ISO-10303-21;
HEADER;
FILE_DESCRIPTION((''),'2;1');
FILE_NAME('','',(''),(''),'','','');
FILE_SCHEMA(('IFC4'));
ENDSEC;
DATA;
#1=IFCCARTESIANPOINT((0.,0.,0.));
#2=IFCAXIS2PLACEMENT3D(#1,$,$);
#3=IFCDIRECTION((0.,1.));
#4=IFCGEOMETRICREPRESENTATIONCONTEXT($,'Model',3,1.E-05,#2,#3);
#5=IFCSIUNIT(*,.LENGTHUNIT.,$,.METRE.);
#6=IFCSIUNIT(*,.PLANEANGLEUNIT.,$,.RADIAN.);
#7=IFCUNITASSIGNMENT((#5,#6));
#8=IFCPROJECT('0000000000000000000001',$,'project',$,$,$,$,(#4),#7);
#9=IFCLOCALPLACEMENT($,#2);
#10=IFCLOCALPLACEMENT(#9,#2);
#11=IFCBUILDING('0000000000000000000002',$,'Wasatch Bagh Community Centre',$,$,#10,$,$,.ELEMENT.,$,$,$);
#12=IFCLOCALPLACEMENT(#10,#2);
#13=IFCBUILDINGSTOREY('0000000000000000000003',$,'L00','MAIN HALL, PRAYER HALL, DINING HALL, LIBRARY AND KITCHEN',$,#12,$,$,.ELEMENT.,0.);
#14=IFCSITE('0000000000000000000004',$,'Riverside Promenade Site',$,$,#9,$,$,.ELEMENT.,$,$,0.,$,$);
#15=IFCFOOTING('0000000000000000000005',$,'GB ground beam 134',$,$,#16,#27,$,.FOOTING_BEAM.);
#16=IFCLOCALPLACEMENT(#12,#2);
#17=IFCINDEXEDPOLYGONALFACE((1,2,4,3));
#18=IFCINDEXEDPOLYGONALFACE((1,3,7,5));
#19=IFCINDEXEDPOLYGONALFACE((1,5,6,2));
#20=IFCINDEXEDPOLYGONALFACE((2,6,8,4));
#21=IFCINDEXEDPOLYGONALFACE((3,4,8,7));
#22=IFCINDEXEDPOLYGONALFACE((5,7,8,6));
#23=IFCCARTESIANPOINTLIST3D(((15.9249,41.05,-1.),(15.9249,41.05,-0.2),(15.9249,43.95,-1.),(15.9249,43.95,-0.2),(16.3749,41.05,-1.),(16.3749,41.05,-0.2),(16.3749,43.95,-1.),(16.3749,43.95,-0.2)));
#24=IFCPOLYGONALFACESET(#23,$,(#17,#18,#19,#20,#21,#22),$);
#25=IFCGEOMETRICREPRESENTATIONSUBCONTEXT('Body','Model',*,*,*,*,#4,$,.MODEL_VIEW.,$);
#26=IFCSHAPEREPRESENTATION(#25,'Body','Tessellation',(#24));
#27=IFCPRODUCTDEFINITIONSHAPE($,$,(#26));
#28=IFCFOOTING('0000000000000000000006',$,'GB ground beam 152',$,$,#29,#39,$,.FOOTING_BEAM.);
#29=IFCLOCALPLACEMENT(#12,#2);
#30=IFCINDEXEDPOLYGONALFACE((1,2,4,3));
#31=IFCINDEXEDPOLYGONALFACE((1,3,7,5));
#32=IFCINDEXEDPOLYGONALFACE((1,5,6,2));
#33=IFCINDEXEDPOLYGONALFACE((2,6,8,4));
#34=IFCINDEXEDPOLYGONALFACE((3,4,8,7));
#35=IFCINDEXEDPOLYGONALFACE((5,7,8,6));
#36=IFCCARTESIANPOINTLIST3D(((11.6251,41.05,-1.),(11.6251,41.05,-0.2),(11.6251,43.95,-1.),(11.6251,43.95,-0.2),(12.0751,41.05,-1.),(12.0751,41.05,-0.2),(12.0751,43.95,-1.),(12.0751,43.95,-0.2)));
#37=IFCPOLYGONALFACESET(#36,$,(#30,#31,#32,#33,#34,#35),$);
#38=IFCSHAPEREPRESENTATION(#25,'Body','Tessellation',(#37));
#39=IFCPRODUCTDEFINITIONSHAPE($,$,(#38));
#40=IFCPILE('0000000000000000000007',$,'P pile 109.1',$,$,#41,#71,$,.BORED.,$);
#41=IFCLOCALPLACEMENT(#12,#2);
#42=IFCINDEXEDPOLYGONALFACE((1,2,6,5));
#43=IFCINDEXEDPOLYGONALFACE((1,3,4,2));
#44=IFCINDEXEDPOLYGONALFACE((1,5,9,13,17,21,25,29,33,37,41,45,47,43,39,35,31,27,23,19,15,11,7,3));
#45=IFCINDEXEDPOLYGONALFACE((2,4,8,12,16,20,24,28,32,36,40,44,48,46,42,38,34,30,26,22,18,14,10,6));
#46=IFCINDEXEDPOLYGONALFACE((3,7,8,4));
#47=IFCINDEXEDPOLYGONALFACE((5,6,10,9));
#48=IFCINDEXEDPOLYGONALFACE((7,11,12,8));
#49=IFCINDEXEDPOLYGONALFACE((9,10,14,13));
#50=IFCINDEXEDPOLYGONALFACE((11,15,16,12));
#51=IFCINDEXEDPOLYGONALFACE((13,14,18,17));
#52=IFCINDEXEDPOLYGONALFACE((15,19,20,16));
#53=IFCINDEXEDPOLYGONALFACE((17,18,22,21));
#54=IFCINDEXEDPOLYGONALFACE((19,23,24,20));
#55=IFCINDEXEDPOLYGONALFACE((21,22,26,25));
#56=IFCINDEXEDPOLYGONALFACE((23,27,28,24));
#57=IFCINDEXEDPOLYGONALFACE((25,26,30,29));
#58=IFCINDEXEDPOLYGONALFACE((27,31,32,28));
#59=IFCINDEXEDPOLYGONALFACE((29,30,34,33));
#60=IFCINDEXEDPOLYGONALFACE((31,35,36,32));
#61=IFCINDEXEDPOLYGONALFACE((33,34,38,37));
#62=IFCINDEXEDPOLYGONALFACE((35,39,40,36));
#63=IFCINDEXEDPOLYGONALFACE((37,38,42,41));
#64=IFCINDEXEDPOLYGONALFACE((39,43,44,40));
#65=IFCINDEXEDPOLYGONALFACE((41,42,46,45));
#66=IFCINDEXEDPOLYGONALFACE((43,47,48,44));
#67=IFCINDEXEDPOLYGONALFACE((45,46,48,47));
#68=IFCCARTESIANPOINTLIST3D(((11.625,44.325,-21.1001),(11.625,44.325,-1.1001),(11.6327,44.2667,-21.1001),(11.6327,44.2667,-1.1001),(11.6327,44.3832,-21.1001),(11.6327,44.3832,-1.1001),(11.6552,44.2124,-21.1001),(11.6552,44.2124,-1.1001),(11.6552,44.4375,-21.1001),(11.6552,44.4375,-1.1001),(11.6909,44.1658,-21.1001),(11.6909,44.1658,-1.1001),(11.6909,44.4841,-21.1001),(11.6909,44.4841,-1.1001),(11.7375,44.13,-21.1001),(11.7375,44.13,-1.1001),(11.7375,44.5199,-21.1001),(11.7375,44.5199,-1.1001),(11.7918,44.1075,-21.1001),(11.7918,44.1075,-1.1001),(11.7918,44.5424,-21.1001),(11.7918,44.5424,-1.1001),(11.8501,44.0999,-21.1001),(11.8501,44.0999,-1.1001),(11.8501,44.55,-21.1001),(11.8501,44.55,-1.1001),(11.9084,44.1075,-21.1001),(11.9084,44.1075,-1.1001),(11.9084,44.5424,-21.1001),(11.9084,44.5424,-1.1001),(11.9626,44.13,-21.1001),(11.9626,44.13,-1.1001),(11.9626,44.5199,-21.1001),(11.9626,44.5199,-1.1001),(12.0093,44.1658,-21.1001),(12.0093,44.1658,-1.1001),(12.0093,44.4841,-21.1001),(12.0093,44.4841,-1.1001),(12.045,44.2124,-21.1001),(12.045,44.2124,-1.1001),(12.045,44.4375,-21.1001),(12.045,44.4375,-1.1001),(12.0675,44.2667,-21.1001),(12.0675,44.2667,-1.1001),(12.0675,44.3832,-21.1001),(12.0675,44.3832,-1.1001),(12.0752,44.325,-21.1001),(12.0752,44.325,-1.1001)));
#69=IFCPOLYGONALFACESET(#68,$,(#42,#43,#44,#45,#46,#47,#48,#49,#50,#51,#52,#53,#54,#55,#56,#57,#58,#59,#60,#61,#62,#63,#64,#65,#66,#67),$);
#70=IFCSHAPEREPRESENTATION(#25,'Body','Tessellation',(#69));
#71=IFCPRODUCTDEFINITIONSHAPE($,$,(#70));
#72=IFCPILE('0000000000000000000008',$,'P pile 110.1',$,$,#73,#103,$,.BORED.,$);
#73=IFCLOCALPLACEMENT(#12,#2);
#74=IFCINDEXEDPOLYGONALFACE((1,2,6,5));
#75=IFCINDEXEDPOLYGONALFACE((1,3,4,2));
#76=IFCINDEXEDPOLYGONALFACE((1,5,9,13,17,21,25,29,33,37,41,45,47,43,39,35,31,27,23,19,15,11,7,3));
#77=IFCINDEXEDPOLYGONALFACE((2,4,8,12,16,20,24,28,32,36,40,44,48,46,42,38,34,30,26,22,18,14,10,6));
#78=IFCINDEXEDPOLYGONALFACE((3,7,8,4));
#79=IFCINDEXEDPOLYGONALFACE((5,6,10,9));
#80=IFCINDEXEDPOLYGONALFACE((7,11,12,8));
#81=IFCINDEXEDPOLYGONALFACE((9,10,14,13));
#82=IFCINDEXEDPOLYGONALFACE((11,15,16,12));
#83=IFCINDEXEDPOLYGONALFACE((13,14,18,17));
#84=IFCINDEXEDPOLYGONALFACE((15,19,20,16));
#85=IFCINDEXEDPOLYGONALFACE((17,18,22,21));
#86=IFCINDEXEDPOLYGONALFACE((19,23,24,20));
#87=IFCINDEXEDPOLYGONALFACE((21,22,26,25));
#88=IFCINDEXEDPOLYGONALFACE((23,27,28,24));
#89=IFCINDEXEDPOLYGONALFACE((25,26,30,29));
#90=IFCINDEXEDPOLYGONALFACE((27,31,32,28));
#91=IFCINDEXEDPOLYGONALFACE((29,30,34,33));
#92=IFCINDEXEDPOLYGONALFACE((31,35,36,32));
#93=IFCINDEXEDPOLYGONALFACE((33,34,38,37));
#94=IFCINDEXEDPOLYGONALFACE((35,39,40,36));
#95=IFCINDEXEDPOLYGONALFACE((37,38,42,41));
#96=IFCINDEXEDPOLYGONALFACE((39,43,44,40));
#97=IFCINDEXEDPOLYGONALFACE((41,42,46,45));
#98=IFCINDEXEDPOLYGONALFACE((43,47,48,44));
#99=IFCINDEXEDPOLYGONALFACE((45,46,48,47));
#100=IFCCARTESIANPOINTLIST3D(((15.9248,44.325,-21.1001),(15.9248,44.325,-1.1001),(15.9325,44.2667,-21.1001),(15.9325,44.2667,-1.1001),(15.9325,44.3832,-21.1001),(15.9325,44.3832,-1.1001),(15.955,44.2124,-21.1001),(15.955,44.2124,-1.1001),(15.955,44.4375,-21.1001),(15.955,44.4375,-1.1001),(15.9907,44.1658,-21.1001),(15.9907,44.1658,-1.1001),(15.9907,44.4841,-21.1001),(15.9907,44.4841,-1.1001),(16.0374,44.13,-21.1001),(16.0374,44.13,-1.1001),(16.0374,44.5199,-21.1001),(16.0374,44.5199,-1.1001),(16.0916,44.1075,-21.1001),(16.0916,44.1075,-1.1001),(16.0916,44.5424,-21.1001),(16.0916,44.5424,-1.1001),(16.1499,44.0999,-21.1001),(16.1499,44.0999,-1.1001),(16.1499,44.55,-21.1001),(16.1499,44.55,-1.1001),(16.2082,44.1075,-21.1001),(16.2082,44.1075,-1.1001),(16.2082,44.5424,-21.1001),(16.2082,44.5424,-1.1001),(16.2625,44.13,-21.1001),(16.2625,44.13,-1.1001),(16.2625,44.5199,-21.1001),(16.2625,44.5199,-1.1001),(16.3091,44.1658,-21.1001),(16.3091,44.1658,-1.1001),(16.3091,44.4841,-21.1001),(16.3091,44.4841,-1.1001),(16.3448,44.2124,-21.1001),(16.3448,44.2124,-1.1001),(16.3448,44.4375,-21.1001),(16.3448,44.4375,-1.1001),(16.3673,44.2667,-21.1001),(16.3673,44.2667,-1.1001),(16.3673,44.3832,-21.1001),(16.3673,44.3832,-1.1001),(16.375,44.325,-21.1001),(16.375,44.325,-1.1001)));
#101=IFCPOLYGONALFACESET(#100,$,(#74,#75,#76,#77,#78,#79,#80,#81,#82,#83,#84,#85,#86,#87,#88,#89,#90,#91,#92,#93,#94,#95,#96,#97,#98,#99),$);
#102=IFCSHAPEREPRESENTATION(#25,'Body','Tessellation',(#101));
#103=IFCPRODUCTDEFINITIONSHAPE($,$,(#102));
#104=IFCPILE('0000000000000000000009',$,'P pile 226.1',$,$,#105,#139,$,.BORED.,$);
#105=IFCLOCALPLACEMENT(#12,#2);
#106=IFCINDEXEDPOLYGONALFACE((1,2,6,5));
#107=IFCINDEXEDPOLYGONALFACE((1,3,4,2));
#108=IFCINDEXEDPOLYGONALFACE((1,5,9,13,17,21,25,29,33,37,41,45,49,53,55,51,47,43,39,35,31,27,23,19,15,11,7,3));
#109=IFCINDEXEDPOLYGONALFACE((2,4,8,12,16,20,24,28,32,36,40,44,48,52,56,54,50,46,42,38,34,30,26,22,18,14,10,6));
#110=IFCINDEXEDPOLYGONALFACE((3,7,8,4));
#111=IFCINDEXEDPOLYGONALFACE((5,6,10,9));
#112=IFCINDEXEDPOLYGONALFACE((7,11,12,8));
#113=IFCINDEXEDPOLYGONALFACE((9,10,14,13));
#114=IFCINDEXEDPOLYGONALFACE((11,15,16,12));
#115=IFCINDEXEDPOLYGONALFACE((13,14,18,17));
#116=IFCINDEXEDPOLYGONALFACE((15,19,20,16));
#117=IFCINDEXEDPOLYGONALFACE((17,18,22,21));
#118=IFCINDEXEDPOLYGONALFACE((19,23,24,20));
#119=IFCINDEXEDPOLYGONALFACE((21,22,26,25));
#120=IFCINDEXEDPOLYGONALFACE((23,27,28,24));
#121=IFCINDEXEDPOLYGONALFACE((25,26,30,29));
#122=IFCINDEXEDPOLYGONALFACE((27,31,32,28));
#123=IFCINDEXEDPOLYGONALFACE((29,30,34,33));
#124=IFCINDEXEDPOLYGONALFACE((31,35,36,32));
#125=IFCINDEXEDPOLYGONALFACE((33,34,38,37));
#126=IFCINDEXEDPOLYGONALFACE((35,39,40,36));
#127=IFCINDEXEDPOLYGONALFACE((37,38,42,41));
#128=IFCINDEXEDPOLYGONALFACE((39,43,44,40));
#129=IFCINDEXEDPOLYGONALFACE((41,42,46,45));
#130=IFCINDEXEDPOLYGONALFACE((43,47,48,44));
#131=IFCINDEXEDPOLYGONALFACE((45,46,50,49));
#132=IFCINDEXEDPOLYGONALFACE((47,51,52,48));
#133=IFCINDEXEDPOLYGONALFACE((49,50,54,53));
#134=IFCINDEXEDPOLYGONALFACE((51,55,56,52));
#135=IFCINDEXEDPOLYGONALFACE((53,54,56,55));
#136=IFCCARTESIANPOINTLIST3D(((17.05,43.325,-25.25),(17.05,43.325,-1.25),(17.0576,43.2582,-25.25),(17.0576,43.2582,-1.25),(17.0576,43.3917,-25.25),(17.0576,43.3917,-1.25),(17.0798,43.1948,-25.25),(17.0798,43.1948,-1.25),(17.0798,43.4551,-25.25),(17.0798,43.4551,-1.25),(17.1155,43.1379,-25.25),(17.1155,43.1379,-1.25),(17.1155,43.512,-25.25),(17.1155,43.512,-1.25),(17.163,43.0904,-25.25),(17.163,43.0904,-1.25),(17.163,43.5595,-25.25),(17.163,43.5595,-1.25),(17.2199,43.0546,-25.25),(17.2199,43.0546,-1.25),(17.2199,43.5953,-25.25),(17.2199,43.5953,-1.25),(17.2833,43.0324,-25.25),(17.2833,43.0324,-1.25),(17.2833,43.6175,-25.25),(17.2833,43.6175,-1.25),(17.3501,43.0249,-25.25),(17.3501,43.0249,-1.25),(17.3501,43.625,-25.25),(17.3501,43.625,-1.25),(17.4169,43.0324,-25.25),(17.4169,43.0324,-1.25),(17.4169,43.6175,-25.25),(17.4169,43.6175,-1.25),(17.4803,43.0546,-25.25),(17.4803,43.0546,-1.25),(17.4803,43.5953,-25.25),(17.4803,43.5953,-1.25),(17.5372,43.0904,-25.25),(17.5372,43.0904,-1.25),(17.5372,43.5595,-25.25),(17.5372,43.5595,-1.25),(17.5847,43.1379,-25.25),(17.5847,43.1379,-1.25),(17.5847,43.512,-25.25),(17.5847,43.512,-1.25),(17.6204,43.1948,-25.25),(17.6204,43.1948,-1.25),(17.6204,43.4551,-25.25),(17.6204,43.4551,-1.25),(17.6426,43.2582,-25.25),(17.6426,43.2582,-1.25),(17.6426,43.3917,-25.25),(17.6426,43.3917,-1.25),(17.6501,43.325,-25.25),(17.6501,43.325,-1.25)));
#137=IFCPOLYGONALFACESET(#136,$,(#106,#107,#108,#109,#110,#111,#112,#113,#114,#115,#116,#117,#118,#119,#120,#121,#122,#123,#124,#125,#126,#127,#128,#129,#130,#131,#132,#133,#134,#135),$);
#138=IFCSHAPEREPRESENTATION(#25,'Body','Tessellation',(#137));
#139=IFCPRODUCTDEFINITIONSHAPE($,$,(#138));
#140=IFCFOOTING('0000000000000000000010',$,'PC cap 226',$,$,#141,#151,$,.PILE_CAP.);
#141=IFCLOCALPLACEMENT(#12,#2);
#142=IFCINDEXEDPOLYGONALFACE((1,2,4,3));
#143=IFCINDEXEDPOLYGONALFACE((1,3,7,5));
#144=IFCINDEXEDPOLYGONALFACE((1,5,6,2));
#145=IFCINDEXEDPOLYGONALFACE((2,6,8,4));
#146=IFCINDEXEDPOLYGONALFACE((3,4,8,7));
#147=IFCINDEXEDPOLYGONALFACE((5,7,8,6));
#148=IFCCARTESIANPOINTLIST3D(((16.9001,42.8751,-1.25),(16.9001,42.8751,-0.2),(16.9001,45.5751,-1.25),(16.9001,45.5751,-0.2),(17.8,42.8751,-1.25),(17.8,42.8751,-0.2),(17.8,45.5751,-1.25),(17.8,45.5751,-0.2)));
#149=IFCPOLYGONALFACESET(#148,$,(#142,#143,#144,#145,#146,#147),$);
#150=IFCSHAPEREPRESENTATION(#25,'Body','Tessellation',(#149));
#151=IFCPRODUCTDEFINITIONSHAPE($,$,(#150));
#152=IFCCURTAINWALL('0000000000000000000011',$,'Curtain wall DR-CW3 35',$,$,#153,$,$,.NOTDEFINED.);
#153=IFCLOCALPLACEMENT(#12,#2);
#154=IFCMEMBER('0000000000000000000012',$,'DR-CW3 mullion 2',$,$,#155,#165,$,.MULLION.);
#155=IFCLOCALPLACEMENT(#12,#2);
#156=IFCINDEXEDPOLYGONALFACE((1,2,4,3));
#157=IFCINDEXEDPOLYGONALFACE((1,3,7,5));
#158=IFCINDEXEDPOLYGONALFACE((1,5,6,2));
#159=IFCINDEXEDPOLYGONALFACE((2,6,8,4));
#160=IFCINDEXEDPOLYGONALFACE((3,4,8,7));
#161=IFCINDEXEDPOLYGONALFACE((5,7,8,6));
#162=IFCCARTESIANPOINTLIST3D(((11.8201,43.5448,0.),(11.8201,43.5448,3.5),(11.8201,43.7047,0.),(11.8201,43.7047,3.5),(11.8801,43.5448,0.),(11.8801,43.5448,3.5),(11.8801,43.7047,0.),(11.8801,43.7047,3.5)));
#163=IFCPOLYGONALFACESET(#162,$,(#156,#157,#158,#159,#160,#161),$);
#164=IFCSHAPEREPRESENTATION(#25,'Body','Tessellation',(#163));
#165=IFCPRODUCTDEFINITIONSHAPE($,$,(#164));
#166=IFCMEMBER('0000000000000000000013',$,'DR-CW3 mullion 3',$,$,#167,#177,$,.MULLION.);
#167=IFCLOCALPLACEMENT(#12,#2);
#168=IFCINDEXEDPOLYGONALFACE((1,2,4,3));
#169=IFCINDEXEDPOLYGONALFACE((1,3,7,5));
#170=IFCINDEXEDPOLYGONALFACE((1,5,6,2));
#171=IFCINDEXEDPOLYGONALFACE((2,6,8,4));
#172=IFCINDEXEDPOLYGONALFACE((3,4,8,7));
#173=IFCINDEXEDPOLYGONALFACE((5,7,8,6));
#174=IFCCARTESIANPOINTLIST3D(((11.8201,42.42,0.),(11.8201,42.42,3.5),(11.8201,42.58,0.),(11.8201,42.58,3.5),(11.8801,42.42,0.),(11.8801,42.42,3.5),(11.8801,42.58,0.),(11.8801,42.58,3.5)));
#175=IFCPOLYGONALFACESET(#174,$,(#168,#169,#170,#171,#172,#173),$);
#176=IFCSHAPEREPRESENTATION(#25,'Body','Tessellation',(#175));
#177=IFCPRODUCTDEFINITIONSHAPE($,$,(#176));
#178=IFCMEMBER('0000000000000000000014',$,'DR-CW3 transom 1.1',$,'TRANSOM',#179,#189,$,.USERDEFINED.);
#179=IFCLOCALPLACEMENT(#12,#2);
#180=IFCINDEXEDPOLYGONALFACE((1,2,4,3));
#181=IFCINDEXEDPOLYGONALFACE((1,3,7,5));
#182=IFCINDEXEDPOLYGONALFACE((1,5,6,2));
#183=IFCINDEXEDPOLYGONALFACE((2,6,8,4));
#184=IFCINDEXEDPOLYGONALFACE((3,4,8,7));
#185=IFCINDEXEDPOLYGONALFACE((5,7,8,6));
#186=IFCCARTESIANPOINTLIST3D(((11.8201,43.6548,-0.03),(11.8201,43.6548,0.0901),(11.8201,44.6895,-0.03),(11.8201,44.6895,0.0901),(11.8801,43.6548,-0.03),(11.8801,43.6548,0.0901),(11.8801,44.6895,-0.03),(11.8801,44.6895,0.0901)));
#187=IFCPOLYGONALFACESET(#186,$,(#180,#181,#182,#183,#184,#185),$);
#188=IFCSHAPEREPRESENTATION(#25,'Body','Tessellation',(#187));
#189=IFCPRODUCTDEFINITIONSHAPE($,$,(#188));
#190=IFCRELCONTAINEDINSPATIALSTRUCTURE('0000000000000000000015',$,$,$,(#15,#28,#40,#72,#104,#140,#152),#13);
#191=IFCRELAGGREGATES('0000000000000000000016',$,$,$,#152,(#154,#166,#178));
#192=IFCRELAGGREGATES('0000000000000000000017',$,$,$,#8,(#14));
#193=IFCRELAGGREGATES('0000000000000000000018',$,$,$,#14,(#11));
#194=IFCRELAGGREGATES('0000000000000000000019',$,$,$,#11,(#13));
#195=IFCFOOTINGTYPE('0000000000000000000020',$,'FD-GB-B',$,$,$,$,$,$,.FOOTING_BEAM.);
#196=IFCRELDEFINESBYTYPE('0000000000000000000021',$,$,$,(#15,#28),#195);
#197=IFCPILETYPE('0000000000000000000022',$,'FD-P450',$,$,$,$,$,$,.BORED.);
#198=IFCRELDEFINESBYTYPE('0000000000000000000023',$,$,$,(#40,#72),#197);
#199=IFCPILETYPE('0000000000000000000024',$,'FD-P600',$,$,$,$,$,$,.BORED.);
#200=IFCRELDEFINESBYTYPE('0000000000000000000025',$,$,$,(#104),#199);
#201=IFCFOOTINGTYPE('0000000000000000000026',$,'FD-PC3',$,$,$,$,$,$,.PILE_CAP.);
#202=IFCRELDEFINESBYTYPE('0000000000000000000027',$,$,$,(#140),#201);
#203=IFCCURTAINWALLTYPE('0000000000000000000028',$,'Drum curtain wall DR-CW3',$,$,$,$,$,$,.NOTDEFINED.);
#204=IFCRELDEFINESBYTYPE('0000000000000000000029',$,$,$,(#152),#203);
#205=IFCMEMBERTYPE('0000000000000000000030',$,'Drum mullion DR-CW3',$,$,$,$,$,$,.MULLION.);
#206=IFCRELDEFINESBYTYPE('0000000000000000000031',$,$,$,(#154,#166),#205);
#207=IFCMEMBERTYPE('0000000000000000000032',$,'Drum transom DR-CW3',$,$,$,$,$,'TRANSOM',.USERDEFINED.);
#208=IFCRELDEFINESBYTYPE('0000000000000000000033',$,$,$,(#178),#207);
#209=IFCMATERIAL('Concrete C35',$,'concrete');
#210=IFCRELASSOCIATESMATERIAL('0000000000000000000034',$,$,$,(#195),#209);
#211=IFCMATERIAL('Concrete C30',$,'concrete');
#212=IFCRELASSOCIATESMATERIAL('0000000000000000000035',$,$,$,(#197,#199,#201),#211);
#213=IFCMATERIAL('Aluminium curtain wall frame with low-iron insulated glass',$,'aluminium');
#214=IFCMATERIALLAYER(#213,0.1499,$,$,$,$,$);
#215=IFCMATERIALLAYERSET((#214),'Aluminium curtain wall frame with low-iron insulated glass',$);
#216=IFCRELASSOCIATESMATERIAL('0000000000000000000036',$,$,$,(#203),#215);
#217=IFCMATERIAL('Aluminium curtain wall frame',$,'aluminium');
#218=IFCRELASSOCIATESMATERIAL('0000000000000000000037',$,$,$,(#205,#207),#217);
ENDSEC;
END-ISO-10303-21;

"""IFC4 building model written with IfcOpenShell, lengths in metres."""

from ifc_helpers import new_model, si_unit, direction, frame, origin, origin_2d, place, context, subcontext, project, spatial, rectangle, circle, extrude, material, layer, layer_set, material_profile, profile_set, type_object, element, aggregate, save


model = new_model("IFC4")

# Units and contexts
model_context = context("Model", 3, precision=1e-05, world=origin(), true_north=direction((0.0, 1.0)))
body_context = subcontext(model_context, "Body", "Model", "MODEL_VIEW")
ifc_project = project(units=[si_unit("LENGTHUNIT", "METRE"), si_unit("PLANEANGLEUNIT", "RADIAN")], contexts=[model_context])

# Site, building, storey
site_placement = place(None, origin())
site = spatial("IfcSite", under=ifc_project, at=site_placement, Name="Riverside Promenade Site", CompositionType="ELEMENT", RefElevation=0.0)
building_placement = place(site_placement, origin())
building = spatial("IfcBuilding", under=site, at=building_placement, Name="Wasatch Bagh Community Centre", CompositionType="ELEMENT")
storey_placement = place(building_placement, origin())
storey = spatial("IfcBuildingStorey", under=building, at=storey_placement, Name="L00", Description="MAIN HALL, PRAYER HALL, DINING HALL, LIBRARY AND KITCHEN", CompositionType="ELEMENT", Elevation=0.0)

# Footings
ifc_material_1 = material(Name="Concrete C35", Category="concrete")
footing_type_1 = type_object("IfcFootingType", Name="FD-GB-B", PredefinedType="FOOTING_BEAM", material=ifc_material_1)
for number, where, z_axis, x_axis, name in (
    (1, (16.1499, 42.5, -1.0), (0.0, 0.0, 1.0), (0.0, 1.0, 0.0), "GB ground beam 134"),
    (2, (11.8501, 42.5, -1.0), (0.0, 0.0, 1.0), (0.0, 1.0, 0.0), "GB ground beam 152"),
):
    element("IfcFooting", number, at=place(storey_placement, frame(where, z_axis=z_axis, x_axis=x_axis)), inside=storey, type_object=footing_type_1, Name=name, PredefinedType="FOOTING_BEAM", context=body_context, shape_type="SweptSolid", body=[
        extrude(rectangle(XDim=2.8999, YDim=0.45, at=origin_2d()), origin(), (0.0, 0.0, 1.0), 0.8),
    ])

# Piles
ifc_material_2 = material(Name="Concrete C30", Category="concrete")
ifc_material_profile_1 = material_profile(ifc_material_2, circle(Radius=0.2251, at=origin_2d()), Name="RC D450")
ifc_profile_set_1 = profile_set([ifc_material_profile_1], Name="Concrete C30")
pile_type_1 = type_object("IfcPileType", Name="FD-P450", PredefinedType="BORED", material=ifc_profile_set_1)
for number, where, z_axis, x_axis, name in (
    (3, (11.8501, 44.325, -1.1001), (0.0, 0.0, -1.0), (1.0, 0.0, 0.0), "P pile 109.1"),
    (4, (16.1499, 44.325, -1.1001), (0.0, 0.0, -1.0), (1.0, 0.0, 0.0), "P pile 110.1"),
):
    element("IfcPile", number, at=place(storey_placement, frame(where, z_axis=z_axis, x_axis=x_axis)), inside=storey, type_object=pile_type_1, Name=name, PredefinedType="BORED", context=body_context, shape_type="SweptSolid", body=[
        extrude(circle(Radius=0.2251, at=origin_2d()), origin(), (0.0, 0.0, 1.0), 20.0),
    ])
ifc_material_profile_2 = material_profile(ifc_material_2, circle(Radius=0.3, at=origin_2d()), Name="RC D600")
ifc_profile_set_2 = profile_set([ifc_material_profile_2], Name="Concrete C30")
pile_type_2 = type_object("IfcPileType", Name="FD-P600", PredefinedType="BORED", material=ifc_profile_set_2)
pile_placement = place(storey_placement, frame((17.3501, 43.325, -1.25), z_axis=(0.0, 0.0, -1.0), x_axis=(1.0, 0.0, 0.0)))
element("IfcPile", 5, at=pile_placement, inside=storey, type_object=pile_type_2, Name="P pile 226.1", PredefinedType="BORED", context=body_context, shape_type="SweptSolid", body=[
    extrude(circle(Radius=0.3, at=origin_2d()), origin(), (0.0, 0.0, 1.0), 24.0),
])

# Footing
footing_type_2 = type_object("IfcFootingType", Name="FD-PC3", PredefinedType="PILE_CAP", material=ifc_material_2)
footing_placement = place(storey_placement, frame((17.3501, 44.2251, -1.25), z_axis=(0.0, 0.0, 1.0), x_axis=(0.0, 1.0, 0.0)))
element("IfcFooting", 6, at=footing_placement, inside=storey, type_object=footing_type_2, Name="PC cap 226", PredefinedType="PILE_CAP", context=body_context, shape_type="SweptSolid", body=[
    extrude(rectangle(XDim=2.7, YDim=0.8999, at=origin_2d()), origin(), (0.0, 0.0, 1.0), 1.05),
])

# Curtain wall, members
ifc_material_3 = material(Name="Aluminium curtain wall frame with low-iron insulated glass", Category="aluminium")
ifc_layer_1 = layer(ifc_material_3, 0.1499)
ifc_layer_set_1 = layer_set([ifc_layer_1], Name="Aluminium curtain wall frame with low-iron insulated glass")
curtain_wall_type = type_object("IfcCurtainWallType", Name="Drum curtain wall DR-CW3", PredefinedType="NOTDEFINED", material=ifc_layer_set_1)
curtain_wall_placement = place(storey_placement, origin())
curtain_wall = element("IfcCurtainWall", 7, at=curtain_wall_placement, inside=storey, type_object=curtain_wall_type, Name="Curtain wall DR-CW3 35", PredefinedType="NOTDEFINED")
ifc_material_4 = material(Name="Aluminium curtain wall frame", Category="aluminium")
ifc_material_profile_3 = material_profile(ifc_material_4, rectangle(XDim=0.0601, YDim=0.1599, at=origin_2d()), Name="Drum mullion DR-CW3")
ifc_profile_set_3 = profile_set([ifc_material_profile_3], Name="Aluminium curtain wall frame")
member_type_1 = type_object("IfcMemberType", Name="Drum mullion DR-CW3", PredefinedType="MULLION", material=ifc_profile_set_3)
member_1_placement = place(storey_placement, frame((11.8501, 43.6248, 0.0), z_axis=(0.0, 0.0, 1.0), x_axis=(1.0, 0.0, 0.0)))
member_1 = element("IfcMember", 8, at=member_1_placement, type_object=member_type_1, Name="DR-CW3 mullion 2", PredefinedType="MULLION", context=body_context, shape_type="SweptSolid", body=[
    extrude(rectangle(XDim=0.0601, YDim=0.1599, at=origin_2d()), origin(), (0.0, 0.0, 1.0), 3.5),
])
member_2_placement = place(storey_placement, frame((11.8501, 42.5, 0.0), z_axis=(0.0, 0.0, 1.0), x_axis=(1.0, 0.0, 0.0)))
member_2 = element("IfcMember", 9, at=member_2_placement, type_object=member_type_1, Name="DR-CW3 mullion 3", PredefinedType="MULLION", context=body_context, shape_type="SweptSolid", body=[
    extrude(rectangle(XDim=0.0601, YDim=0.1599, at=origin_2d()), origin(), (0.0, 0.0, 1.0), 3.5),
])
ifc_material_profile_4 = material_profile(ifc_material_4, rectangle(XDim=0.0601, YDim=0.1201, at=origin_2d()), Name="Drum transom DR-CW3")
ifc_profile_set_4 = profile_set([ifc_material_profile_4], Name="Aluminium curtain wall frame")
member_type_2 = type_object("IfcMemberType", Name="Drum transom DR-CW3", ElementType="TRANSOM", PredefinedType="USERDEFINED", material=ifc_profile_set_4)
member_3_placement = place(storey_placement, frame((11.8501, 44.6895, 0.03), z_axis=(0.0, -1.0, 0.0), x_axis=(1.0, 0.0, 0.0)))
member_3 = element("IfcMember", 10, at=member_3_placement, type_object=member_type_2, Name="DR-CW3 transom 1.1", ObjectType="TRANSOM", PredefinedType="USERDEFINED", context=body_context, shape_type="SweptSolid", body=[
    extrude(rectangle(XDim=0.0601, YDim=0.1201, at=origin_2d()), origin(), (0.0, 0.0, 1.0), 1.0347),
])

aggregate(curtain_wall, [member_1, member_2, member_3])

save(model, "model.ifc")
